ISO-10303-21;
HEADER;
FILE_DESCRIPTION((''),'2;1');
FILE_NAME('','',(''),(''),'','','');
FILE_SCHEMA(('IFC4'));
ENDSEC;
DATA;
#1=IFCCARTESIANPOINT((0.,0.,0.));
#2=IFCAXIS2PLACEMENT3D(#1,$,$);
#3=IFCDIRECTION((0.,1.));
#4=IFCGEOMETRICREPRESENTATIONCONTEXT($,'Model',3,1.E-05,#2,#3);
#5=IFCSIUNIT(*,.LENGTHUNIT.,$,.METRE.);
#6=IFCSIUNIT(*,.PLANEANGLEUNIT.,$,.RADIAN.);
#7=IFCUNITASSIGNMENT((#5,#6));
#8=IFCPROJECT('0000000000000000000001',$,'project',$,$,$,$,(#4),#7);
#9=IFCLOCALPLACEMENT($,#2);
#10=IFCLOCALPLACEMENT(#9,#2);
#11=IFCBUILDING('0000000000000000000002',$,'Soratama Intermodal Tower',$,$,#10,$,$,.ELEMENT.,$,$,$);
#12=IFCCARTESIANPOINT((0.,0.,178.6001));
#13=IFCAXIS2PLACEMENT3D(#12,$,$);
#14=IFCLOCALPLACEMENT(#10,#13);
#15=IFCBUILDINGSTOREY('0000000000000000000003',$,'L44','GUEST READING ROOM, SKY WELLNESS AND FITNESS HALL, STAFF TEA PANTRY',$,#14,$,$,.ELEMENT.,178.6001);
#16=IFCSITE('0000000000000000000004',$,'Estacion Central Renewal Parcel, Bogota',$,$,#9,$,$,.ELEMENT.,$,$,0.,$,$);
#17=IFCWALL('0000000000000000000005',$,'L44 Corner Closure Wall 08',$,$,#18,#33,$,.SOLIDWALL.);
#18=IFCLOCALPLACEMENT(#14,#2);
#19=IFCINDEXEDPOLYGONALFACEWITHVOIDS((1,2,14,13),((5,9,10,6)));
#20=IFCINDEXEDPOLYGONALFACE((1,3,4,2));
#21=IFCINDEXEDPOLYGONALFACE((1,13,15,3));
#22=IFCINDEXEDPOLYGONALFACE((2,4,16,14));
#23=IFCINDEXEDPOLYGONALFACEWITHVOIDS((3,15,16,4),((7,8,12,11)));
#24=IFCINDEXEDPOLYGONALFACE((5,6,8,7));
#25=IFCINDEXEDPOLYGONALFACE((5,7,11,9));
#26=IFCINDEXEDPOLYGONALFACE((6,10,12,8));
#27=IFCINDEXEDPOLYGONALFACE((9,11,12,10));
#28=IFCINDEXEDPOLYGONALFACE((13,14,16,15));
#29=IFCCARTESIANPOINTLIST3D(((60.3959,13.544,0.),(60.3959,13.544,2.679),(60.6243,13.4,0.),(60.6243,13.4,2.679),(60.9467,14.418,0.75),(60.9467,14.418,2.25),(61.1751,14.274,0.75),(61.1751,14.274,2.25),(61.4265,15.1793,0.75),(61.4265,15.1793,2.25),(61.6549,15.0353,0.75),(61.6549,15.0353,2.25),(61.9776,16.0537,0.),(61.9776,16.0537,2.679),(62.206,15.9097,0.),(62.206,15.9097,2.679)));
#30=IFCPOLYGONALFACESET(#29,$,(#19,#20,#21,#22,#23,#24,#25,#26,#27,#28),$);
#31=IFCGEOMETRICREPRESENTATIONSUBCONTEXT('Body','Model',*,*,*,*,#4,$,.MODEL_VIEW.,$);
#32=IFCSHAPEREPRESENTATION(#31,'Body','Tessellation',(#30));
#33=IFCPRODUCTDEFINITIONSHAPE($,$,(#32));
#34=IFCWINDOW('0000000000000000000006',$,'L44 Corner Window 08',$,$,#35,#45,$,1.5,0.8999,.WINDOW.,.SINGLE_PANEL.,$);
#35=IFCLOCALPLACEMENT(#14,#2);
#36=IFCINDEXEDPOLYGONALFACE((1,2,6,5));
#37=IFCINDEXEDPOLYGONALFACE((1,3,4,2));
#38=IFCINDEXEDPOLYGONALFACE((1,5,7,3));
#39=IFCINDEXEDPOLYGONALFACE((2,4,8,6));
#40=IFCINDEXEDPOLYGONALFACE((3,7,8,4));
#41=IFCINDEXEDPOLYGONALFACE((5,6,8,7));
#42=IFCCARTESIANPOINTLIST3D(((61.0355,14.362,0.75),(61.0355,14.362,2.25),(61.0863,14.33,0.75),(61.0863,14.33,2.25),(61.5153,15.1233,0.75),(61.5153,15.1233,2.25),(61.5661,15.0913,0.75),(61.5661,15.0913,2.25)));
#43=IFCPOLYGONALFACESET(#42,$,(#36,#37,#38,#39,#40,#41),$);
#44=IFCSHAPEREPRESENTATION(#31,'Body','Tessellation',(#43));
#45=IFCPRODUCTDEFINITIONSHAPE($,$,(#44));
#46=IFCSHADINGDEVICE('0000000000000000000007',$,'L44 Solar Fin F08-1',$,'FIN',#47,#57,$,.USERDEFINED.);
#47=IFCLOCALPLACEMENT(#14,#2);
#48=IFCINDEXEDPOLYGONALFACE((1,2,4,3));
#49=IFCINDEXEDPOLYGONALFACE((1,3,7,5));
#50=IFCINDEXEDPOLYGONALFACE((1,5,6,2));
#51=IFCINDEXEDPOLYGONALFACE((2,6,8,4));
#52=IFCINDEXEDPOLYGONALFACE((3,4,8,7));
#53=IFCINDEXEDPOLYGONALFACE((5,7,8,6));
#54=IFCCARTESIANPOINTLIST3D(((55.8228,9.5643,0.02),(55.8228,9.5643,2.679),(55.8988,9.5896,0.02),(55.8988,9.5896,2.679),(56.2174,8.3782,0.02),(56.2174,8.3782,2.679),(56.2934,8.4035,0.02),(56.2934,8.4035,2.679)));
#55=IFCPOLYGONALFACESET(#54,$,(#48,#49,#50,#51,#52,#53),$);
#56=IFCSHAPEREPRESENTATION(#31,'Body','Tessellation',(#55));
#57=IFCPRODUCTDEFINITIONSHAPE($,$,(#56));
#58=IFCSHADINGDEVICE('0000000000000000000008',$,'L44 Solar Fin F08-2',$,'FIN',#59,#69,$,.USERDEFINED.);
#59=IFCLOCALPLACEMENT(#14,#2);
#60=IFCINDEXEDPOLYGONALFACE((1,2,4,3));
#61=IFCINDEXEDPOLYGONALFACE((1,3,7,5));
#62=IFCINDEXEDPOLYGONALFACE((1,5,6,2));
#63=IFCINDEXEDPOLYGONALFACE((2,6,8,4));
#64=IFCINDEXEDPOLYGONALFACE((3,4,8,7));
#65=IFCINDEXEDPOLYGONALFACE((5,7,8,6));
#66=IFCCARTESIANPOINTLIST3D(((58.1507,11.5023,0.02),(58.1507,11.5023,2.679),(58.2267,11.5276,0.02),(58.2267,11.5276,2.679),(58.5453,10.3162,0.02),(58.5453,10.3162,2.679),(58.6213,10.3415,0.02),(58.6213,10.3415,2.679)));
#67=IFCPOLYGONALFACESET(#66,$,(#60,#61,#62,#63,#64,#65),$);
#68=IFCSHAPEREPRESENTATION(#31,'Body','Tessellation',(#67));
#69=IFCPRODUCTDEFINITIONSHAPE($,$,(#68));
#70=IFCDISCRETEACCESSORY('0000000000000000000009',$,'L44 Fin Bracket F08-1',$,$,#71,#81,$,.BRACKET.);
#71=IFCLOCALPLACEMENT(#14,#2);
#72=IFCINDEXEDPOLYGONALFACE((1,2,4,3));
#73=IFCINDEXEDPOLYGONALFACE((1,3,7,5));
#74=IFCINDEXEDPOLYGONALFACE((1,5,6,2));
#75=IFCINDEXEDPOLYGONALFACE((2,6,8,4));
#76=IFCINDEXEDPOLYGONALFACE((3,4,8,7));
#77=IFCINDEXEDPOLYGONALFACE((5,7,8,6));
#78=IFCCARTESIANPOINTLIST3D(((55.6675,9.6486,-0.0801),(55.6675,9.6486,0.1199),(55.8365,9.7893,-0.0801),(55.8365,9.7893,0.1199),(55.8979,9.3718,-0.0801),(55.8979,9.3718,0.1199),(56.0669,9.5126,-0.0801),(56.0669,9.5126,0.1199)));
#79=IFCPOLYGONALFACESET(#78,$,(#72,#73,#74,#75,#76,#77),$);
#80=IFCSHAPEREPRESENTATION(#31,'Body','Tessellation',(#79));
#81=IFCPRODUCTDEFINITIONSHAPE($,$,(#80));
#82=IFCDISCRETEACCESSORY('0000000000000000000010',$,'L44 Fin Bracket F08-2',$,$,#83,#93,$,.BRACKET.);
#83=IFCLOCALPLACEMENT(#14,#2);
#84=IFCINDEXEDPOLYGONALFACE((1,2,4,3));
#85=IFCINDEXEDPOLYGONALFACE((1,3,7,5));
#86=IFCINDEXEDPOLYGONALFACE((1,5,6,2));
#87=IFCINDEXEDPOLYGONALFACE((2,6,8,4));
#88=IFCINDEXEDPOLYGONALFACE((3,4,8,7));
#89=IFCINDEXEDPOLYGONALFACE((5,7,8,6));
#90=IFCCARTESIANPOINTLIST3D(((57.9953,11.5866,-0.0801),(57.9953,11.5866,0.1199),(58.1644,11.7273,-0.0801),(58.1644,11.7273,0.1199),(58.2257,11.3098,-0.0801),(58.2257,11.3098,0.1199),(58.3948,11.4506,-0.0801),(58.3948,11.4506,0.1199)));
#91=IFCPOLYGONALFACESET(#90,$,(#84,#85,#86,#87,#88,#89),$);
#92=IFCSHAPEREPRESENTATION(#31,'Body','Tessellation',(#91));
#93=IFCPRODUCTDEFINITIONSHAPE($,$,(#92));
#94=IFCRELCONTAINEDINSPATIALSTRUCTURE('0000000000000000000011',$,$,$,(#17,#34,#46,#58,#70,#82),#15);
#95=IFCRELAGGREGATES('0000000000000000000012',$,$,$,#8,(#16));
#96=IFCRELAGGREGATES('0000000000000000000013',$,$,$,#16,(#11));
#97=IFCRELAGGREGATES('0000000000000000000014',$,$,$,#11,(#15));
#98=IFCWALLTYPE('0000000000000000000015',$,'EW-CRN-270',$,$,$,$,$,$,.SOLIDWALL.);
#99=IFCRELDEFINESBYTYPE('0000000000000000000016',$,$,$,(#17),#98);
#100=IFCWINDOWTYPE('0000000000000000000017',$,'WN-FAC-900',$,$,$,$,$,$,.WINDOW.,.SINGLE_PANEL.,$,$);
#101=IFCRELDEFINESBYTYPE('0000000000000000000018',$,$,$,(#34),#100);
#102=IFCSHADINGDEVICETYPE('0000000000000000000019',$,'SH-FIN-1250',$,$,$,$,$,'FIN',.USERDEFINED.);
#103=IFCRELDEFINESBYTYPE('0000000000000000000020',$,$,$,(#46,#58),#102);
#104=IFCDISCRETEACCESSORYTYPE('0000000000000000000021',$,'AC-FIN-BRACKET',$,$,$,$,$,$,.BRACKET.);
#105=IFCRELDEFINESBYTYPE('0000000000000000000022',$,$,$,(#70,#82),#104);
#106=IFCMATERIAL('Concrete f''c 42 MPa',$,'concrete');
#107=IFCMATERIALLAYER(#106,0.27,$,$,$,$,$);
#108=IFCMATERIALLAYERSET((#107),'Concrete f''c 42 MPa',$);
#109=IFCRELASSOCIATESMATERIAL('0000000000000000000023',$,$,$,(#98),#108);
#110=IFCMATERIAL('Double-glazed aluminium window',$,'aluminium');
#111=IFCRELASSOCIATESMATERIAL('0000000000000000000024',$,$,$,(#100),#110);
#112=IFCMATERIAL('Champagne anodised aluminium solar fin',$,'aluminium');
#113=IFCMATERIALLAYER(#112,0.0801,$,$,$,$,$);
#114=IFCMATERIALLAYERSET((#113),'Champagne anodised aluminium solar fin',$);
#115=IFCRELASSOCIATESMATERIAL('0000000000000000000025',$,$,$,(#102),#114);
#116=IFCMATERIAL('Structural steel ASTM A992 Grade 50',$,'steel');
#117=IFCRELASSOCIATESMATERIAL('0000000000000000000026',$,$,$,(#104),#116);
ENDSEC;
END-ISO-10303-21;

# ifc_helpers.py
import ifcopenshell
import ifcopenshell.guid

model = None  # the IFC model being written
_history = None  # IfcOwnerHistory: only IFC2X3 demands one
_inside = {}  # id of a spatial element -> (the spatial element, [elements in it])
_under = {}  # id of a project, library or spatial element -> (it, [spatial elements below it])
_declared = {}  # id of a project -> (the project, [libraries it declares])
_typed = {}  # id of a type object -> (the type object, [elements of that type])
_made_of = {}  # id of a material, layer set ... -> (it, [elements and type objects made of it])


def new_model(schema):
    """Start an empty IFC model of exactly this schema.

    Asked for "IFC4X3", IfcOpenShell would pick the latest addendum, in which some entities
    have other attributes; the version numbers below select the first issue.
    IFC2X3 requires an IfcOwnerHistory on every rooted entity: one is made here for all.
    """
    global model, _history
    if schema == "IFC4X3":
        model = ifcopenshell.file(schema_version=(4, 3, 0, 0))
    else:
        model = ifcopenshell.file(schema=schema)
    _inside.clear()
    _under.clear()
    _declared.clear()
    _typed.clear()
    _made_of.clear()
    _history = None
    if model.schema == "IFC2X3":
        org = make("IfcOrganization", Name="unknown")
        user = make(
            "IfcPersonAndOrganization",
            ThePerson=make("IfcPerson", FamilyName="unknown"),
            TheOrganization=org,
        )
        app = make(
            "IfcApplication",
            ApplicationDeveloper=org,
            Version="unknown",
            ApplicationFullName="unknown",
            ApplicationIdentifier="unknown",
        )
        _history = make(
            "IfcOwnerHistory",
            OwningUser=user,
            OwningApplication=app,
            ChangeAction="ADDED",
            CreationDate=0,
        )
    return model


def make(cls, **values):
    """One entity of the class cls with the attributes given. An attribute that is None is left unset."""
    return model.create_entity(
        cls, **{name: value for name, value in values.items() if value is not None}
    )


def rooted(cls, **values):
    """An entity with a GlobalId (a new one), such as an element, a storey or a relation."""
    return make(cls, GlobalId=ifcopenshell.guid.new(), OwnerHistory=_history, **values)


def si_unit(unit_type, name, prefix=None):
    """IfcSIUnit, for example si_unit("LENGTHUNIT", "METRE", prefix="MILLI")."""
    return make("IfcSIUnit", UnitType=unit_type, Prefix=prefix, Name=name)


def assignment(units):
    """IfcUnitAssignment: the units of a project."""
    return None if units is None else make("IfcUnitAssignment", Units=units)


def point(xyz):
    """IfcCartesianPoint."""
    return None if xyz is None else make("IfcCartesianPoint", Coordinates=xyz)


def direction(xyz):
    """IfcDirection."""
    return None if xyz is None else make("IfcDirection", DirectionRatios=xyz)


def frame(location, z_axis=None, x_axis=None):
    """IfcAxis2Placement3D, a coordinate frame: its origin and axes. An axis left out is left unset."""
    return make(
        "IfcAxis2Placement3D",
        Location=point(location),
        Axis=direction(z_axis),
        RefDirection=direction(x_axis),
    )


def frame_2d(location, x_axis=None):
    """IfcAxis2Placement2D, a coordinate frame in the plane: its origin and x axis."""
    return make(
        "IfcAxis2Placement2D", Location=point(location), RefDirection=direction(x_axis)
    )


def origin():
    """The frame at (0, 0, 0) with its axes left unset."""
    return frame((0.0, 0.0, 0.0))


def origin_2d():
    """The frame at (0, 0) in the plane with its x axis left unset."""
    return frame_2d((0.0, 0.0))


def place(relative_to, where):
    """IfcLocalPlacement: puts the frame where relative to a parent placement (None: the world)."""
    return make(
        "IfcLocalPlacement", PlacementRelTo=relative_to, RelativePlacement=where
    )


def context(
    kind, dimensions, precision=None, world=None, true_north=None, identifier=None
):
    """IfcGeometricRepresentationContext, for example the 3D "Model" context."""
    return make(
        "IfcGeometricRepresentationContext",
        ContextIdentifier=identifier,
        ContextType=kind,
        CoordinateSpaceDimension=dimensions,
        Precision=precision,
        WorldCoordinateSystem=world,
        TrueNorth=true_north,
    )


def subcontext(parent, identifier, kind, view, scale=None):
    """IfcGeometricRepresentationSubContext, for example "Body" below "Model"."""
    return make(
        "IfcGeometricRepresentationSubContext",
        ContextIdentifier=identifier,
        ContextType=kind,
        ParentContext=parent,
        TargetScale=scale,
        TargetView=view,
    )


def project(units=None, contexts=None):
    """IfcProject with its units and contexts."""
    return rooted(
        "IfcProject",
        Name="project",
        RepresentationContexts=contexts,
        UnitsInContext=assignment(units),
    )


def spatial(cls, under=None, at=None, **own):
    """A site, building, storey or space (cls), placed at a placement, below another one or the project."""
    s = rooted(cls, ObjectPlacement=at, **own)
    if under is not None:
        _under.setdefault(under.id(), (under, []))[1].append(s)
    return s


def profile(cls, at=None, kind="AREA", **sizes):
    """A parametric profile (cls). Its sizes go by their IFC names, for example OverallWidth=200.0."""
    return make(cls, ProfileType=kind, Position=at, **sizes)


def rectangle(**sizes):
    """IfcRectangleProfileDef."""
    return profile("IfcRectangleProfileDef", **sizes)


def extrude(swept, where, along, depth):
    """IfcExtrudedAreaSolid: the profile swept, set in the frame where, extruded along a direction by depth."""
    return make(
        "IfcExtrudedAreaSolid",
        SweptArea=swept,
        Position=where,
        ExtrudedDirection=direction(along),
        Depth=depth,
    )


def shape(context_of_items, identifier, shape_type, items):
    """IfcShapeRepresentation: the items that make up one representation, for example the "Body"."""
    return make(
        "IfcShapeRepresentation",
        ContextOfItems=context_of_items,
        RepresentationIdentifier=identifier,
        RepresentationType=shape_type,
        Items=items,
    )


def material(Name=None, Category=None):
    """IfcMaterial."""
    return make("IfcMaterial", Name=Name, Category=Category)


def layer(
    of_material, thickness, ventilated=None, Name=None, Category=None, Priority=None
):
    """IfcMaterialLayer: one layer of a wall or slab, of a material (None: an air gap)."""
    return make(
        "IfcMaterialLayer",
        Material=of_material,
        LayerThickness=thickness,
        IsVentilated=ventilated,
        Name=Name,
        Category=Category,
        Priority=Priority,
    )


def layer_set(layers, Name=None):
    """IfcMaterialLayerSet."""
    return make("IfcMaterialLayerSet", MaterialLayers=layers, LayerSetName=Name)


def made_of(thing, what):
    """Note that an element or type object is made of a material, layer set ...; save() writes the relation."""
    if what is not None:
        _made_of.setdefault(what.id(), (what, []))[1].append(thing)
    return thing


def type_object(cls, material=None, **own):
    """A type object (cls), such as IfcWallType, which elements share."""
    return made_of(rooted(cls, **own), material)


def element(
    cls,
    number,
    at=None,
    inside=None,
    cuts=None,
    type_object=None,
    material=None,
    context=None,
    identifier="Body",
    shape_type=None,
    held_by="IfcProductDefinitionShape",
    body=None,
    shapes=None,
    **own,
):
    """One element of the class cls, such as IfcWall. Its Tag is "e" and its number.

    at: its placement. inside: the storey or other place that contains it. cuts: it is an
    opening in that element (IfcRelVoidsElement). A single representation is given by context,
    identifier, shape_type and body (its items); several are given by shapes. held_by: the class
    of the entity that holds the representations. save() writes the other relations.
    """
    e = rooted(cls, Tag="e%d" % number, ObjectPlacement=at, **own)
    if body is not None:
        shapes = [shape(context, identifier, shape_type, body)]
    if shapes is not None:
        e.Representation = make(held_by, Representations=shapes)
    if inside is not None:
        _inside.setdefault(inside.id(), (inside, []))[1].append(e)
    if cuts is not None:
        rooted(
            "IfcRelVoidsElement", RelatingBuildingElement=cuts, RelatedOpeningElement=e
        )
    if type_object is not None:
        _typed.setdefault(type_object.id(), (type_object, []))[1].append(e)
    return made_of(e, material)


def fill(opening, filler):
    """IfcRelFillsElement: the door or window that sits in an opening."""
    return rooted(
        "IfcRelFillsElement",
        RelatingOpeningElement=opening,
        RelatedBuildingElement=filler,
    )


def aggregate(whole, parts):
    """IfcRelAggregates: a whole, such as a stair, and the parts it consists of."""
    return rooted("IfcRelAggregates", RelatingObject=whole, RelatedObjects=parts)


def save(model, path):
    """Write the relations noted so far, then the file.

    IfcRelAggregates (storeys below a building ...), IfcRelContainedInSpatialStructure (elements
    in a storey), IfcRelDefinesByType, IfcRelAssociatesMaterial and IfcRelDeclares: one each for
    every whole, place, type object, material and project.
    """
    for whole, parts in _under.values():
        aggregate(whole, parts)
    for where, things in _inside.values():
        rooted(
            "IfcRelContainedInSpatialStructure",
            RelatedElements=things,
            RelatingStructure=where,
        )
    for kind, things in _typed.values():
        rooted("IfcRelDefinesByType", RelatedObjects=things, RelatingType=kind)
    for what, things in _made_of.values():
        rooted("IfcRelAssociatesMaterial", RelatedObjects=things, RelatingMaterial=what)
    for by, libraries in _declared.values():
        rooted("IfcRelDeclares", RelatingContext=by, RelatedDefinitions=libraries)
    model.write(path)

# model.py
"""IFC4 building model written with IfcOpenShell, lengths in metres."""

from ifc_helpers import new_model, si_unit, direction, frame, frame_2d, origin, origin_2d, place, context, subcontext, project, spatial, rectangle, extrude, material, layer, layer_set, type_object, element, fill, save


model = new_model("IFC4")

# Units and contexts
model_context = context("Model", 3, precision=1e-05, world=origin(), true_north=direction((0.0, 1.0)))
body_context = subcontext(model_context, "Body", "Model", "MODEL_VIEW")
ifc_project = project(units=[si_unit("LENGTHUNIT", "METRE"), si_unit("PLANEANGLEUNIT", "RADIAN")], contexts=[model_context])

# Site, building, storey
site_placement = place(None, origin())
site = spatial("IfcSite", under=ifc_project, at=site_placement, Name="Estacion Central Renewal Parcel, Bogota", CompositionType="ELEMENT", RefElevation=0.0)
building_placement = place(site_placement, origin())
building = spatial("IfcBuilding", under=site, at=building_placement, Name="Soratama Intermodal Tower", CompositionType="ELEMENT")
storey_placement = place(building_placement, frame((0.0, 0.0, 178.6001)))
storey = spatial("IfcBuildingStorey", under=building, at=storey_placement, Name="L44", Description="GUEST READING ROOM, SKY WELLNESS AND FITNESS HALL, STAFF TEA PANTRY", CompositionType="ELEMENT", Elevation=178.6001)

# Wall, opening, window
ifc_material_1 = material(Name="Concrete f'c 42 MPa", Category="concrete")
ifc_layer_1 = layer(ifc_material_1, 0.27)
ifc_layer_set_1 = layer_set([ifc_layer_1], Name="Concrete f'c 42 MPa")
wall_type = type_object("IfcWallType", Name="EW-CRN-270", PredefinedType="SOLIDWALL", material=ifc_layer_set_1)
wall_placement = place(storey_placement, frame((60.51, 13.4719, 0.0), z_axis=(0.0, 0.0, 1.0), x_axis=(0.533191, 0.845995, 0.0)))
wall = element("IfcWall", 1, at=wall_placement, inside=storey, type_object=wall_type, Name="L44 Corner Closure Wall 08", PredefinedType="SOLIDWALL", context=body_context, shape_type="SweptSolid", body=[
    extrude(rectangle(XDim=2.9666, YDim=0.27, at=frame_2d((1.4834, 0.0))), origin(), (0.0, 0.0, 1.0), 2.679),
])
opening_placement = place(wall_placement, frame((1.0332, 0.0, 0.75)))
opening = element("IfcOpeningElement", 2, at=opening_placement, cuts=wall, PredefinedType="OPENING", context=body_context, shape_type="SweptSolid", body=[
    extrude(rectangle(XDim=0.8999, YDim=1.5, at=frame_2d((0.45, 0.75))), frame((0.0, 0.145, 0.0), z_axis=(0.0, -1.0, 0.0), x_axis=(1.0, 0.0, 0.0)), (0.0, 0.0, 1.0), 0.29),
])
ifc_material_2 = material(Name="Double-glazed aluminium window", Category="aluminium")
window_type = type_object("IfcWindowType", Name="WN-FAC-900", PartitioningType="SINGLE_PANEL", PredefinedType="WINDOW", material=ifc_material_2)
window_placement = place(opening_placement, origin())
window = element("IfcWindow", 3, at=window_placement, inside=storey, type_object=window_type, Name="L44 Corner Window 08", OverallHeight=1.5, OverallWidth=0.8999, PartitioningType="SINGLE_PANEL", PredefinedType="WINDOW", context=body_context, shape_type="SweptSolid", body=[
    extrude(rectangle(XDim=0.8999, YDim=1.5, at=frame_2d((0.45, 0.75))), frame((0.0, 0.03, 0.0), z_axis=(0.0, -1.0, 0.0), x_axis=(1.0, 0.0, 0.0)), (0.0, 0.0, 1.0), 0.0601),
])
fill(opening, window)

# Shading devices
ifc_material_3 = material(Name="Champagne anodised aluminium solar fin", Category="aluminium")
ifc_layer_2 = layer(ifc_material_3, 0.0801)
ifc_layer_set_2 = layer_set([ifc_layer_2], Name="Champagne anodised aluminium solar fin")
shading_device_type = type_object("IfcShadingDeviceType", Name="SH-FIN-1250", ElementType="FIN", PredefinedType="USERDEFINED", material=ifc_layer_set_2)
for number, where, z_axis, x_axis, name in (
    (4, (56.0581, 8.9839, 0.02), (0.0, 0.0, 1.0), (0.315649, -0.948876, 0.0), "L44 Solar Fin F08-1"),
    (5, (58.386, 10.9219, 0.02), (0.0, 0.0, 1.0), (0.315649, -0.948876, 0.0), "L44 Solar Fin F08-2"),
):
    element("IfcShadingDevice", number, at=place(storey_placement, frame(where, z_axis=z_axis, x_axis=x_axis)), inside=storey, type_object=shading_device_type, Name=name, ObjectType="FIN", PredefinedType="USERDEFINED", context=body_context, shape_type="SweptSolid", body=[
        extrude(rectangle(XDim=1.25, YDim=0.0801, at=origin_2d()), origin(), (0.0, 0.0, 1.0), 2.6589),
    ])

# Discrete accessories
ifc_material_4 = material(Name="Structural steel ASTM A992 Grade 50", Category="steel")
discrete_accessory_type = type_object("IfcDiscreteAccessoryType", Name="AC-FIN-BRACKET", PredefinedType="BRACKET", material=ifc_material_4)
for number, where, z_axis, x_axis, name in (
    (6, (55.8672, 9.5806, -0.0801), (0.0, 0.0, 1.0), (0.639841, -0.768507, 0.0), "L44 Fin Bracket F08-1"),
    (7, (58.1951, 11.5186, -0.0801), (0.0, 0.0, 1.0), (0.639841, -0.768507, 0.0), "L44 Fin Bracket F08-2"),
):
    element("IfcDiscreteAccessory", number, at=place(storey_placement, frame(where, z_axis=z_axis, x_axis=x_axis)), inside=storey, type_object=discrete_accessory_type, Name=name, PredefinedType="BRACKET", context=body_context, shape_type="SweptSolid", body=[
        extrude(rectangle(XDim=0.3601, YDim=0.22, at=origin_2d()), origin(), (0.0, 0.0, 1.0), 0.2),
    ])

save(model, "model.ifc")
